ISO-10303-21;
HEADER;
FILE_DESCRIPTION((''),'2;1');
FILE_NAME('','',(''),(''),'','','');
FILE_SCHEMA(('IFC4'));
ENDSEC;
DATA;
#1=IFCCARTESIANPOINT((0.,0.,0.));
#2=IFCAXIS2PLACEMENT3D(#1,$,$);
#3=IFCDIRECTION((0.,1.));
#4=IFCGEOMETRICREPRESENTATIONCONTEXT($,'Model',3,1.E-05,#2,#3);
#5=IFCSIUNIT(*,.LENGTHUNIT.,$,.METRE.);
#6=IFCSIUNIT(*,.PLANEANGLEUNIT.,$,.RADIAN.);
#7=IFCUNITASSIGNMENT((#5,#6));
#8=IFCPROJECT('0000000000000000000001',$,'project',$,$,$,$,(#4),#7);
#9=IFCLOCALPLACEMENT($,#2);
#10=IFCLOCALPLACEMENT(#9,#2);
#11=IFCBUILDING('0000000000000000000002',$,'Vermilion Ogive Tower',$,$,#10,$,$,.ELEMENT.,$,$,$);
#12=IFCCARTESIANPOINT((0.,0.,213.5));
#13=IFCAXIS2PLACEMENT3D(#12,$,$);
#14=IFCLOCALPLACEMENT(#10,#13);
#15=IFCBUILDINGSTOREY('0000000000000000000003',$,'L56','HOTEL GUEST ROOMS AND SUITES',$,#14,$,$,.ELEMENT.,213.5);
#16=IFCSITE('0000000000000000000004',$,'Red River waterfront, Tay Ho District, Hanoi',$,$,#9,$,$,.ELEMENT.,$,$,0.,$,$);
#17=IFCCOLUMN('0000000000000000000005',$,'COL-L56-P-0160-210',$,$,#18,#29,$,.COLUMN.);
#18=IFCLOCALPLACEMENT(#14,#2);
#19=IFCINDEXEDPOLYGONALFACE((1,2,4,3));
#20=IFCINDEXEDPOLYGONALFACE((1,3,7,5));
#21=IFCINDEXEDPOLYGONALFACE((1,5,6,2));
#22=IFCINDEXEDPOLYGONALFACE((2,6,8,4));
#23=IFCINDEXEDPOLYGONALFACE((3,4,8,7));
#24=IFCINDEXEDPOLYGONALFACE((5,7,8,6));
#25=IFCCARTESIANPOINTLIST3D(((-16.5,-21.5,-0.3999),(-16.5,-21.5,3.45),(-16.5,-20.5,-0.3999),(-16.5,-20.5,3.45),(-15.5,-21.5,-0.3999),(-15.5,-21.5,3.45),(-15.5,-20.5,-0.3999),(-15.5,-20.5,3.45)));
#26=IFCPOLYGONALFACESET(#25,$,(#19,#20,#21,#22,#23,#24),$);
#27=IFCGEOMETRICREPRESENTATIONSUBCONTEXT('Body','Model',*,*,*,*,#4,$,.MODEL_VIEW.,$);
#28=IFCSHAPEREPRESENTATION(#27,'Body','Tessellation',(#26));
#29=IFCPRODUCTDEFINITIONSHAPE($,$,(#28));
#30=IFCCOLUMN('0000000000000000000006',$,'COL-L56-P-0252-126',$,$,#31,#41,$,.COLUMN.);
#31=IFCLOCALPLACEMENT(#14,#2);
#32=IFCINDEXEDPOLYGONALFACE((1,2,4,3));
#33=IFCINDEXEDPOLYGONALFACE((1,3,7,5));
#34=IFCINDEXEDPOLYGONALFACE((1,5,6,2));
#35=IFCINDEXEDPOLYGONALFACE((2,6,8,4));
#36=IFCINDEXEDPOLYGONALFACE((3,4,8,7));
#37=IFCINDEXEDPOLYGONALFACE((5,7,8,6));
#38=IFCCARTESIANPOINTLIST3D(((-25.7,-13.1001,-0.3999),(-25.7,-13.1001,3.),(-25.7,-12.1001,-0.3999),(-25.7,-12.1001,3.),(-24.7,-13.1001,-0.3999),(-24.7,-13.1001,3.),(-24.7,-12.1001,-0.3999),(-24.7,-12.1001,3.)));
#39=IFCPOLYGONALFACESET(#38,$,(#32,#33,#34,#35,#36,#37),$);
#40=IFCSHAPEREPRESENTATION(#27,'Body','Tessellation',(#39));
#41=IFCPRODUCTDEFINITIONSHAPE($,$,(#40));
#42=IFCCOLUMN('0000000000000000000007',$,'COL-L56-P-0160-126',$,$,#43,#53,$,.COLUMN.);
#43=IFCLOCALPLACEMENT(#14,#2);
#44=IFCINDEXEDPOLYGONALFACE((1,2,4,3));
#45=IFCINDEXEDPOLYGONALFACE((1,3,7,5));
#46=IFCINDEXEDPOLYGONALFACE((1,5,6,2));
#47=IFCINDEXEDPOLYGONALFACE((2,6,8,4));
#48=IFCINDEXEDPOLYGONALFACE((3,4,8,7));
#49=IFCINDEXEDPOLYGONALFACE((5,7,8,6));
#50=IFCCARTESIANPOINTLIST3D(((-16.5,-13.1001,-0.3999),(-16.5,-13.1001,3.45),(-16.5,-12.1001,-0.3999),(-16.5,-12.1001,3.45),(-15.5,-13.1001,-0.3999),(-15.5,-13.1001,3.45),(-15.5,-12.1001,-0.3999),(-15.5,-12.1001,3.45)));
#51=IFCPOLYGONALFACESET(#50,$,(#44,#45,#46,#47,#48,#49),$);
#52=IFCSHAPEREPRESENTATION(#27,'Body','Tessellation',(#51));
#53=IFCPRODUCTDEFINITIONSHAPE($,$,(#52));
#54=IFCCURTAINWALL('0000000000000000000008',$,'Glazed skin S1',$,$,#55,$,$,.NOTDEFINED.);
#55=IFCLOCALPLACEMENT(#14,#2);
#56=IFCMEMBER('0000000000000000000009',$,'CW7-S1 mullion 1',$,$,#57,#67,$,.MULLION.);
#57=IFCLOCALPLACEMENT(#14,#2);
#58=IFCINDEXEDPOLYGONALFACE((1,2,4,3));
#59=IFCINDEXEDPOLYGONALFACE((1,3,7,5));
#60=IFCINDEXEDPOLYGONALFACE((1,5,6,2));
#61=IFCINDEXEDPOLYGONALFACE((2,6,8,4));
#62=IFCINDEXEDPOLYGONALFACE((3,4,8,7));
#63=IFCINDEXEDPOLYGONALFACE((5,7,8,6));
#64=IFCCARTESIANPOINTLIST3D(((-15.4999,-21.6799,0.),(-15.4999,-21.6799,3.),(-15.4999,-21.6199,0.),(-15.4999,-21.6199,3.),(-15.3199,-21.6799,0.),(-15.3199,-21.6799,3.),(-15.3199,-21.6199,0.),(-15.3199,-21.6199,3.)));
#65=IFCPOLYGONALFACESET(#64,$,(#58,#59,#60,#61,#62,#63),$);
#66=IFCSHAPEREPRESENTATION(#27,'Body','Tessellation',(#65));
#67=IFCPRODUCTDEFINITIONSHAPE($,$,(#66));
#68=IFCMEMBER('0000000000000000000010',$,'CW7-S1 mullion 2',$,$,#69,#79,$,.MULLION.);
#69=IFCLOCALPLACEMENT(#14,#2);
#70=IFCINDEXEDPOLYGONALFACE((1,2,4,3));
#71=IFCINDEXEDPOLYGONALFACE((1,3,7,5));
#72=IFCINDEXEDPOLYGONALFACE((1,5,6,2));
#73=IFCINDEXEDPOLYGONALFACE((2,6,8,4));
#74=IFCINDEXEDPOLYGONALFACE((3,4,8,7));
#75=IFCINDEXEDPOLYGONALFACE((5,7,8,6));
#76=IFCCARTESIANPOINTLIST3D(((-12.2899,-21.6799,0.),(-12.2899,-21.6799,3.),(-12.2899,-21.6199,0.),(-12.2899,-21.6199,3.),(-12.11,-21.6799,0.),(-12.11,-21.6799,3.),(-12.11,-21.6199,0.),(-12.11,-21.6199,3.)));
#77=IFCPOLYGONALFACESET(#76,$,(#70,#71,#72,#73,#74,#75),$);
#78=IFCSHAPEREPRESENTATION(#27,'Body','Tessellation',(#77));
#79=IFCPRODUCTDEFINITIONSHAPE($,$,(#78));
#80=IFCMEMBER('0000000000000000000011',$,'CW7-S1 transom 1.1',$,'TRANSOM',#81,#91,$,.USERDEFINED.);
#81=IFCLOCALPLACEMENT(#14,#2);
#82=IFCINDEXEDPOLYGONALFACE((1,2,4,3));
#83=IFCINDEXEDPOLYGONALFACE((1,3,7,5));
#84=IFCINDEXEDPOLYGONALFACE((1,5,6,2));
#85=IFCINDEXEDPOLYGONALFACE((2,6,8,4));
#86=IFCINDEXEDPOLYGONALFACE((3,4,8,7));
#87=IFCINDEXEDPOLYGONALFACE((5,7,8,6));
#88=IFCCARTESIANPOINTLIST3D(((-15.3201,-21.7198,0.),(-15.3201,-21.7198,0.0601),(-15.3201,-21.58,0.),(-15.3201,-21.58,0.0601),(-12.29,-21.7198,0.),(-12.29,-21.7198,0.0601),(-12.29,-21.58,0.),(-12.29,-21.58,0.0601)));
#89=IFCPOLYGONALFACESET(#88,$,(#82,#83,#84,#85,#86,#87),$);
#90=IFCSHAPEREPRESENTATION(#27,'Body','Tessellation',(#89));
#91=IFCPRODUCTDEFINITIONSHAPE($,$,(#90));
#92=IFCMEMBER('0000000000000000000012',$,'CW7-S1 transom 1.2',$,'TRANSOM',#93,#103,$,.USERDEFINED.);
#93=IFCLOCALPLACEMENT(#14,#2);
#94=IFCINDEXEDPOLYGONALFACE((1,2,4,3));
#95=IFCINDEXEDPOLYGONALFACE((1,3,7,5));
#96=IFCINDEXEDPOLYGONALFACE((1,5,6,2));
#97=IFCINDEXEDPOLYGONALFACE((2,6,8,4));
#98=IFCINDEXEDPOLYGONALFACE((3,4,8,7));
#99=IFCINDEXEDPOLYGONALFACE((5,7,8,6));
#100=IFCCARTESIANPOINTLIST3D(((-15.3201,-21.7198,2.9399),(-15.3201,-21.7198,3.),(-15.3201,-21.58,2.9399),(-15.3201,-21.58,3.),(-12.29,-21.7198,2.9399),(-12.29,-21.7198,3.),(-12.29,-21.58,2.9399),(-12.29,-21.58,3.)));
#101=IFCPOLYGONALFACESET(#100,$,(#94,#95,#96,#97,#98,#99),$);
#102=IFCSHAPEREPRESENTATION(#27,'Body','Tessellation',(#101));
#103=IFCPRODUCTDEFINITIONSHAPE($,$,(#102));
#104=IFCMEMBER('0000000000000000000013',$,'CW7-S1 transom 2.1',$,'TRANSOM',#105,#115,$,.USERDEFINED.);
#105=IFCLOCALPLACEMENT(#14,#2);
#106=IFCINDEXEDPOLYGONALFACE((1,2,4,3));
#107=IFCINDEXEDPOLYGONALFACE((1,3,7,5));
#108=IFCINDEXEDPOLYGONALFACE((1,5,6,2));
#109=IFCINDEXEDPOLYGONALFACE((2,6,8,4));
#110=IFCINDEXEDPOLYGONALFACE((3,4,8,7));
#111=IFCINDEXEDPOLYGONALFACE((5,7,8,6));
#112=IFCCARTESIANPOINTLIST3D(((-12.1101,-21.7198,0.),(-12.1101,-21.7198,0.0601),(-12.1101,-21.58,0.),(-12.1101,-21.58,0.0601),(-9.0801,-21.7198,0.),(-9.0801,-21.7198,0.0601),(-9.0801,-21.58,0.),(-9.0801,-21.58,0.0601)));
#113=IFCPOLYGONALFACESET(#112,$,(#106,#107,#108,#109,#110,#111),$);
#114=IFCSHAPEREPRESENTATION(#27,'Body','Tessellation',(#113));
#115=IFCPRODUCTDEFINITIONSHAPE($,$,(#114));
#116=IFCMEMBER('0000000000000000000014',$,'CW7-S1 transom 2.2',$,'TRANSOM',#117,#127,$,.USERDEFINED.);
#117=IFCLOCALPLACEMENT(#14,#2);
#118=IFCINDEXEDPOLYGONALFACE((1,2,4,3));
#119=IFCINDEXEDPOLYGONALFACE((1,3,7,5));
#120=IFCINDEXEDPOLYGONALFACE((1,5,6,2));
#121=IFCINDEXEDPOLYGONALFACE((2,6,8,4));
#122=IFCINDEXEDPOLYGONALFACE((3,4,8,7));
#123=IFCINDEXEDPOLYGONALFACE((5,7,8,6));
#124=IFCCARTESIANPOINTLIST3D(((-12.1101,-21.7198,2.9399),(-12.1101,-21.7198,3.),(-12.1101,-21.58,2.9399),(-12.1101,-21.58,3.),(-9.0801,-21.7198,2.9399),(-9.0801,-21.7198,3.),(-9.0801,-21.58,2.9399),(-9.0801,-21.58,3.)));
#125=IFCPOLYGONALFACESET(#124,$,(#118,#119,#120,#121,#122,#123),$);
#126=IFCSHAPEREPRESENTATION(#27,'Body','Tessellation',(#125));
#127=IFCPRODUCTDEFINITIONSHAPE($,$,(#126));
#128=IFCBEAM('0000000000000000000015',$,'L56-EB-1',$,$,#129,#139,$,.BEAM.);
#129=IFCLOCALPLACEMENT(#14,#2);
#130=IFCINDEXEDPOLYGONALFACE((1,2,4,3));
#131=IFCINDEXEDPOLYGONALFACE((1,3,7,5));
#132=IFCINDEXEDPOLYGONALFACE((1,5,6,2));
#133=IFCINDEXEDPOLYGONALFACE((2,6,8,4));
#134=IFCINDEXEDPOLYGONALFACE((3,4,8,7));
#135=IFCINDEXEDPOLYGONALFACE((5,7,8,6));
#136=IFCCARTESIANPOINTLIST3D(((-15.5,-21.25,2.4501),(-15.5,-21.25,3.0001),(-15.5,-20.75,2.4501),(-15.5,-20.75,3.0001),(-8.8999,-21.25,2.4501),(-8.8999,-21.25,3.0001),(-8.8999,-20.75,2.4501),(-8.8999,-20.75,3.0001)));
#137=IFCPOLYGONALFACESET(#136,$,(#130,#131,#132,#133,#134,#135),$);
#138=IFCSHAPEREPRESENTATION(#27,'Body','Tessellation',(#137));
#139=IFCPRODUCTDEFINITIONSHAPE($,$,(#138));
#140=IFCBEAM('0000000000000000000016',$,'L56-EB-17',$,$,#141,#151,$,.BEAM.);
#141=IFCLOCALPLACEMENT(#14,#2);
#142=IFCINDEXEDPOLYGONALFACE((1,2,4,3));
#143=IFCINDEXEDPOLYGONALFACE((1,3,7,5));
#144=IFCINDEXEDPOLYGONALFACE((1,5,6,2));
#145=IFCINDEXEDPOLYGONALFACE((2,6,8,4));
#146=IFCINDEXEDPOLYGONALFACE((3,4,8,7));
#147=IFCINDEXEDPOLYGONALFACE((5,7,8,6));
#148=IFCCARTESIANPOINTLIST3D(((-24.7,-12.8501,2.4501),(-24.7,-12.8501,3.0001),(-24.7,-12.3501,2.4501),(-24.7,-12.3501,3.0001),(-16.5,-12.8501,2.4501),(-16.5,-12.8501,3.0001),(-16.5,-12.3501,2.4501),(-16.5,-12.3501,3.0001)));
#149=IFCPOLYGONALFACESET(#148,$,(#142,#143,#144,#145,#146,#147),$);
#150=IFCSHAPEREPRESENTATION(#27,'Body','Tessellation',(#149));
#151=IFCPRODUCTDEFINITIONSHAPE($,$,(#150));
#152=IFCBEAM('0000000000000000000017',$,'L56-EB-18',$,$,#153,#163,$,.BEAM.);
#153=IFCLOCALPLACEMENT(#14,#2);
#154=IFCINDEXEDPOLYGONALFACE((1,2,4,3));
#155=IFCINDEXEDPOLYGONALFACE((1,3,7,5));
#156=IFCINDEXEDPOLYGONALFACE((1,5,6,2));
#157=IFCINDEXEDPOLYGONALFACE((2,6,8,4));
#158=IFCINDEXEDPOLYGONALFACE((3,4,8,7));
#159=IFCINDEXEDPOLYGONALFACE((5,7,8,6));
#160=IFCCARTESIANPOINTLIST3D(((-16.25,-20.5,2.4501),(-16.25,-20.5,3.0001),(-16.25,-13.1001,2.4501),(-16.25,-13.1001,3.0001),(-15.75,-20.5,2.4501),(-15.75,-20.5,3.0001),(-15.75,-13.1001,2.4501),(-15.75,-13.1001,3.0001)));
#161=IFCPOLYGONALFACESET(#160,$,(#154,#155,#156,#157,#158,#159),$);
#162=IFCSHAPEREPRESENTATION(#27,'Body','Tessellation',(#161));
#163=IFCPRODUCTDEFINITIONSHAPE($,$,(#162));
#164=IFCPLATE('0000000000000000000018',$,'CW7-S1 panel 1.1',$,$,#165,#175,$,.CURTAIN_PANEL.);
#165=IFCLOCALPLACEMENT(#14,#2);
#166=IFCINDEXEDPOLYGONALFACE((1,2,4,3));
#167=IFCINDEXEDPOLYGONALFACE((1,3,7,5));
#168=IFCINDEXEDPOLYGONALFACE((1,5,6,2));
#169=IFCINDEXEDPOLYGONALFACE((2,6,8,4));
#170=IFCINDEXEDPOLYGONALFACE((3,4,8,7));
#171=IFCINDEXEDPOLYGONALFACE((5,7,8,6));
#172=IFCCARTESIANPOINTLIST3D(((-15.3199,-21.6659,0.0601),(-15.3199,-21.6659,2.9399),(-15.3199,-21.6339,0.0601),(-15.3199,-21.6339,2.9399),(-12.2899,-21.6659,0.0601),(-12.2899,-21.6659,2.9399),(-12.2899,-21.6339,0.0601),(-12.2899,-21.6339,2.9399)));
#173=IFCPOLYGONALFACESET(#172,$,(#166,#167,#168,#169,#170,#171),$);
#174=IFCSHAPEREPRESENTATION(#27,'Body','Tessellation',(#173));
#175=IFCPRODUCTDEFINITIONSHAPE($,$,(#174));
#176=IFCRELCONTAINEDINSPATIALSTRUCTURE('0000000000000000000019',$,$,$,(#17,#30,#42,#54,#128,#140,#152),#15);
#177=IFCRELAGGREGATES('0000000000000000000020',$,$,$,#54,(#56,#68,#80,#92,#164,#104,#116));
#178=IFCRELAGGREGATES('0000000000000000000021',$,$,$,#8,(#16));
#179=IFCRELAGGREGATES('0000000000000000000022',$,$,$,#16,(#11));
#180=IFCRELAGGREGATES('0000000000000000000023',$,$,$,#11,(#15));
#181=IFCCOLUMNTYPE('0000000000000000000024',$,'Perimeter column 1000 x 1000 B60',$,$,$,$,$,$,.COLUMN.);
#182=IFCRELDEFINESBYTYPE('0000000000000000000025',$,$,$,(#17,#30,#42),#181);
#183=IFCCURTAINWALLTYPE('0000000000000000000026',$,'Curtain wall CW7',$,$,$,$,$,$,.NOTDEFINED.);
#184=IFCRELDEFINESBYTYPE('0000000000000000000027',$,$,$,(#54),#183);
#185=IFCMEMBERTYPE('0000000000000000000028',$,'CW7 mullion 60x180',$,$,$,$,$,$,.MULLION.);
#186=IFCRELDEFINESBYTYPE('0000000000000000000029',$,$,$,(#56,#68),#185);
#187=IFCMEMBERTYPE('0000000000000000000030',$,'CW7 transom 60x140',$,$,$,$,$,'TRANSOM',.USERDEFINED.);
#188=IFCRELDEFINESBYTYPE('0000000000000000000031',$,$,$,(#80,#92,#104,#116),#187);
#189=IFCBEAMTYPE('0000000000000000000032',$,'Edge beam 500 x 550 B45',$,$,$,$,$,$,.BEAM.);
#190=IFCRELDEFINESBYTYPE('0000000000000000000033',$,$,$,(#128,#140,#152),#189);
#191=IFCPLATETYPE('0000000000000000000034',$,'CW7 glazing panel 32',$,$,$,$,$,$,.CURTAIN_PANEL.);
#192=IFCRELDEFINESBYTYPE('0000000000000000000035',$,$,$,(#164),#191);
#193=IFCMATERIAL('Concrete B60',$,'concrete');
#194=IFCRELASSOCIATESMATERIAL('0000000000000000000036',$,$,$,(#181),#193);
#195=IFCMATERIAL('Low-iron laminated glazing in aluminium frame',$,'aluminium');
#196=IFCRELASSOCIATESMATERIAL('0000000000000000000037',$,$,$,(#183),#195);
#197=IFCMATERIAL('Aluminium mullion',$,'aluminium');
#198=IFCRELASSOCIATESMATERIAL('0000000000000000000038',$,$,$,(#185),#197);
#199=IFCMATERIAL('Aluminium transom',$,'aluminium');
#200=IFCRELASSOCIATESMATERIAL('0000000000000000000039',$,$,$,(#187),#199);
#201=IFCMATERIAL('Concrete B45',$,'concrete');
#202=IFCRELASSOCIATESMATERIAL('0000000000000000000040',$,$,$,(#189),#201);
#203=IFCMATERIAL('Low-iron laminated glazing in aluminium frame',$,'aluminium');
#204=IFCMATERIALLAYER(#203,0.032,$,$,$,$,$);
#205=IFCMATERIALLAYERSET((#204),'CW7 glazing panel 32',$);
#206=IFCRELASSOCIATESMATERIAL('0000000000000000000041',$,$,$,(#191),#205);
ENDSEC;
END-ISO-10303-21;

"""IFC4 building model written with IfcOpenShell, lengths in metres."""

from ifc_helpers import new_model, si_unit, direction, frame, origin, origin_2d, place, context, subcontext, project, spatial, rectangle, extrude, material, layer, layer_set, material_profile, profile_set, type_object, element, aggregate, save


model = new_model("IFC4")

# Units and contexts
model_context = context("Model", 3, precision=1e-05, world=origin(), true_north=direction((0.0, 1.0)))
body_context = subcontext(model_context, "Body", "Model", "MODEL_VIEW")
ifc_project = project(units=[si_unit("LENGTHUNIT", "METRE"), si_unit("PLANEANGLEUNIT", "RADIAN")], contexts=[model_context])

# Site, building, storey
site_placement = place(None, origin())
site = spatial("IfcSite", under=ifc_project, at=site_placement, Name="Red River waterfront, Tay Ho District, Hanoi", CompositionType="ELEMENT", RefElevation=0.0)
building_placement = place(site_placement, origin())
building = spatial("IfcBuilding", under=site, at=building_placement, Name="Vermilion Ogive Tower", CompositionType="ELEMENT")
storey_placement = place(building_placement, frame((0.0, 0.0, 213.5)))
storey = spatial("IfcBuildingStorey", under=building, at=storey_placement, Name="L56", Description="HOTEL GUEST ROOMS AND SUITES", CompositionType="ELEMENT", Elevation=213.5)

# Columns
ifc_material_1 = material(Name="Concrete B60", Category="concrete")
ifc_material_profile_1 = material_profile(ifc_material_1, rectangle(XDim=1.0, YDim=1.0, at=origin_2d()), Name="1000 x 1000")
ifc_profile_set_1 = profile_set([ifc_material_profile_1], Name="Concrete B60")
column_type = type_object("IfcColumnType", Name="Perimeter column 1000 x 1000 B60", PredefinedType="COLUMN", material=ifc_profile_set_1)
column_1_placement = place(storey_placement, frame((-16.0, -21.0, -0.3999), z_axis=(0.0, 0.0, 1.0), x_axis=(1.0, 0.0, 0.0)))
element("IfcColumn", 1, at=column_1_placement, inside=storey, type_object=column_type, Name="COL-L56-P-0160-210", PredefinedType="COLUMN", context=body_context, shape_type="SweptSolid", body=[
    extrude(rectangle(XDim=1.0, YDim=1.0, at=origin_2d()), origin(), (0.0, 0.0, 1.0), 3.8499),
])
column_2_placement = place(storey_placement, frame((-25.2, -12.6001, -0.3999), z_axis=(0.0, 0.0, 1.0), x_axis=(1.0, 0.0, 0.0)))
element("IfcColumn", 2, at=column_2_placement, inside=storey, type_object=column_type, Name="COL-L56-P-0252-126", PredefinedType="COLUMN", context=body_context, shape_type="SweptSolid", body=[
    extrude(rectangle(XDim=1.0, YDim=1.0, at=origin_2d()), origin(), (0.0, 0.0, 1.0), 3.3999),
])
column_3_placement = place(storey_placement, frame((-16.0, -12.6001, -0.3999), z_axis=(0.0, 0.0, 1.0), x_axis=(1.0, 0.0, 0.0)))
element("IfcColumn", 3, at=column_3_placement, inside=storey, type_object=column_type, Name="COL-L56-P-0160-126", PredefinedType="COLUMN", context=body_context, shape_type="SweptSolid", body=[
    extrude(rectangle(XDim=1.0, YDim=1.0, at=origin_2d()), origin(), (0.0, 0.0, 1.0), 3.8499),
])

# Curtain wall, members
ifc_material_2 = material(Name="Low-iron laminated glazing in aluminium frame", Category="aluminium")
curtain_wall_type = type_object("IfcCurtainWallType", Name="Curtain wall CW7", PredefinedType="NOTDEFINED", material=ifc_material_2)
curtain_wall_placement = place(storey_placement, origin())
curtain_wall = element("IfcCurtainWall", 4, at=curtain_wall_placement, inside=storey, type_object=curtain_wall_type, Name="Glazed skin S1", PredefinedType="NOTDEFINED")
ifc_material_3 = material(Name="Aluminium mullion", Category="aluminium")
ifc_material_profile_2 = material_profile(ifc_material_3, rectangle(XDim=0.0601, YDim=0.1799, at=origin_2d()), Name="AL 60x180")
ifc_profile_set_2 = profile_set([ifc_material_profile_2], Name="Aluminium mullion")
member_type_1 = type_object("IfcMemberType", Name="CW7 mullion 60x180", PredefinedType="MULLION", material=ifc_profile_set_2)
member_1_placement = place(storey_placement, frame((-15.4099, -21.6499, 0.0), z_axis=(0.0, 0.0, 1.0), x_axis=(0.0, 1.0, 0.0)))
member_1 = element("IfcMember", 5, at=member_1_placement, type_object=member_type_1, Name="CW7-S1 mullion 1", PredefinedType="MULLION", context=body_context, shape_type="SweptSolid", body=[
    extrude(rectangle(XDim=0.0601, YDim=0.1799, at=origin_2d()), origin(), (0.0, 0.0, 1.0), 3.0),
])
member_2_placement = place(storey_placement, frame((-12.2, -21.6499, 0.0), z_axis=(0.0, 0.0, 1.0), x_axis=(0.0, 1.0, 0.0)))
member_2 = element("IfcMember", 6, at=member_2_placement, type_object=member_type_1, Name="CW7-S1 mullion 2", PredefinedType="MULLION", context=body_context, shape_type="SweptSolid", body=[
    extrude(rectangle(XDim=0.0601, YDim=0.1799, at=origin_2d()), origin(), (0.0, 0.0, 1.0), 3.0),
])
ifc_material_4 = material(Name="Aluminium transom", Category="aluminium")
ifc_material_profile_3 = material_profile(ifc_material_4, rectangle(XDim=0.1399, YDim=0.0601, at=origin_2d()), Name="AL 60x140")
ifc_profile_set_3 = profile_set([ifc_material_profile_3], Name="Aluminium transom")
member_type_2 = type_object("IfcMemberType", Name="CW7 transom 60x140", ElementType="TRANSOM", PredefinedType="USERDEFINED", material=ifc_profile_set_3)
member_3_placement = place(storey_placement, frame((-15.3201, -21.6499, 0.03), z_axis=(1.0, 0.0, 0.0), x_axis=(0.0, 1.0, 0.0)))
member_3 = element("IfcMember", 7, at=member_3_placement, type_object=member_type_2, Name="CW7-S1 transom 1.1", ObjectType="TRANSOM", PredefinedType="USERDEFINED", context=body_context, shape_type="SweptSolid", body=[
    extrude(rectangle(XDim=0.1399, YDim=0.0601, at=origin_2d()), origin(), (0.0, 0.0, 1.0), 3.03),
])
member_4_placement = place(storey_placement, frame((-15.3201, -21.6499, 2.97), z_axis=(1.0, 0.0, 0.0), x_axis=(0.0, 1.0, 0.0)))
member_4 = element("IfcMember", 8, at=member_4_placement, type_object=member_type_2, Name="CW7-S1 transom 1.2", ObjectType="TRANSOM", PredefinedType="USERDEFINED", context=body_context, shape_type="SweptSolid", body=[
    extrude(rectangle(XDim=0.1399, YDim=0.0601, at=origin_2d()), origin(), (0.0, 0.0, 1.0), 3.03),
])
member_5_placement = place(storey_placement, frame((-12.1101, -21.6499, 0.03), z_axis=(1.0, 0.0, 0.0), x_axis=(0.0, 1.0, 0.0)))
member_5 = element("IfcMember", 9, at=member_5_placement, type_object=member_type_2, Name="CW7-S1 transom 2.1", ObjectType="TRANSOM", PredefinedType="USERDEFINED", context=body_context, shape_type="SweptSolid", body=[
    extrude(rectangle(XDim=0.1399, YDim=0.0601, at=origin_2d()), origin(), (0.0, 0.0, 1.0), 3.03),
])
member_6_placement = place(storey_placement, frame((-12.1101, -21.6499, 2.97), z_axis=(1.0, 0.0, 0.0), x_axis=(0.0, 1.0, 0.0)))
member_6 = element("IfcMember", 10, at=member_6_placement, type_object=member_type_2, Name="CW7-S1 transom 2.2", ObjectType="TRANSOM", PredefinedType="USERDEFINED", context=body_context, shape_type="SweptSolid", body=[
    extrude(rectangle(XDim=0.1399, YDim=0.0601, at=origin_2d()), origin(), (0.0, 0.0, 1.0), 3.03),
])

# Beams
ifc_material_5 = material(Name="Concrete B45", Category="concrete")
ifc_material_profile_4 = material_profile(ifc_material_5, rectangle(XDim=0.5, YDim=0.55, at=origin_2d()), Name="500 x 550")
ifc_profile_set_4 = profile_set([ifc_material_profile_4], Name="Concrete B45")
beam_type = type_object("IfcBeamType", Name="Edge beam 500 x 550 B45", PredefinedType="BEAM", material=ifc_profile_set_4)
beam_1_placement = place(storey_placement, frame((-15.5, -21.0, 2.7251), z_axis=(1.0, 0.0, 0.0), x_axis=(0.0, 1.0, 0.0)))
element("IfcBeam", 11, at=beam_1_placement, inside=storey, type_object=beam_type, Name="L56-EB-1", PredefinedType="BEAM", context=body_context, shape_type="SweptSolid", body=[
    extrude(rectangle(XDim=0.5, YDim=0.55, at=origin_2d()), origin(), (0.0, 0.0, 1.0), 6.6001),
])
beam_2_placement = place(storey_placement, frame((-24.7, -12.6001, 2.7251), z_axis=(1.0, 0.0, 0.0), x_axis=(0.0, 1.0, 0.0)))
element("IfcBeam", 12, at=beam_2_placement, inside=storey, type_object=beam_type, Name="L56-EB-17", PredefinedType="BEAM", context=body_context, shape_type="SweptSolid", body=[
    extrude(rectangle(XDim=0.5, YDim=0.55, at=origin_2d()), origin(), (0.0, 0.0, 1.0), 8.2),
])
beam_3_placement = place(storey_placement, frame((-16.0, -13.1001, 2.7251), z_axis=(0.0, -1.0, 0.0), x_axis=(1.0, 0.0, 0.0)))
element("IfcBeam", 13, at=beam_3_placement, inside=storey, type_object=beam_type, Name="L56-EB-18", PredefinedType="BEAM", context=body_context, shape_type="SweptSolid", body=[
    extrude(rectangle(XDim=0.5, YDim=0.55, at=origin_2d()), origin(), (0.0, 0.0, 1.0), 7.3999),
])

# Plate
ifc_material_6 = material(Name="Low-iron laminated glazing in aluminium frame", Category="aluminium")
ifc_layer_1 = layer(ifc_material_6, 0.032)
ifc_layer_set_1 = layer_set([ifc_layer_1], Name="CW7 glazing panel 32")
plate_type = type_object("IfcPlateType", Name="CW7 glazing panel 32", PredefinedType="CURTAIN_PANEL", material=ifc_layer_set_1)
plate_placement = place(storey_placement, frame((-13.8049, -21.6499, 0.0601), z_axis=(0.0, 0.0, 1.0), x_axis=(1.0, 0.0, 0.0)))
plate = element("IfcPlate", 14, at=plate_placement, type_object=plate_type, Name="CW7-S1 panel 1.1", PredefinedType="CURTAIN_PANEL", context=body_context, shape_type="SweptSolid", body=[
    extrude(rectangle(XDim=3.03, YDim=0.032, at=origin_2d()), origin(), (0.0, 0.0, 1.0), 2.8799),
])
aggregate(curtain_wall, [member_1, member_2, member_3, member_4, plate, member_5, member_6])

save(model, "model.ifc")
